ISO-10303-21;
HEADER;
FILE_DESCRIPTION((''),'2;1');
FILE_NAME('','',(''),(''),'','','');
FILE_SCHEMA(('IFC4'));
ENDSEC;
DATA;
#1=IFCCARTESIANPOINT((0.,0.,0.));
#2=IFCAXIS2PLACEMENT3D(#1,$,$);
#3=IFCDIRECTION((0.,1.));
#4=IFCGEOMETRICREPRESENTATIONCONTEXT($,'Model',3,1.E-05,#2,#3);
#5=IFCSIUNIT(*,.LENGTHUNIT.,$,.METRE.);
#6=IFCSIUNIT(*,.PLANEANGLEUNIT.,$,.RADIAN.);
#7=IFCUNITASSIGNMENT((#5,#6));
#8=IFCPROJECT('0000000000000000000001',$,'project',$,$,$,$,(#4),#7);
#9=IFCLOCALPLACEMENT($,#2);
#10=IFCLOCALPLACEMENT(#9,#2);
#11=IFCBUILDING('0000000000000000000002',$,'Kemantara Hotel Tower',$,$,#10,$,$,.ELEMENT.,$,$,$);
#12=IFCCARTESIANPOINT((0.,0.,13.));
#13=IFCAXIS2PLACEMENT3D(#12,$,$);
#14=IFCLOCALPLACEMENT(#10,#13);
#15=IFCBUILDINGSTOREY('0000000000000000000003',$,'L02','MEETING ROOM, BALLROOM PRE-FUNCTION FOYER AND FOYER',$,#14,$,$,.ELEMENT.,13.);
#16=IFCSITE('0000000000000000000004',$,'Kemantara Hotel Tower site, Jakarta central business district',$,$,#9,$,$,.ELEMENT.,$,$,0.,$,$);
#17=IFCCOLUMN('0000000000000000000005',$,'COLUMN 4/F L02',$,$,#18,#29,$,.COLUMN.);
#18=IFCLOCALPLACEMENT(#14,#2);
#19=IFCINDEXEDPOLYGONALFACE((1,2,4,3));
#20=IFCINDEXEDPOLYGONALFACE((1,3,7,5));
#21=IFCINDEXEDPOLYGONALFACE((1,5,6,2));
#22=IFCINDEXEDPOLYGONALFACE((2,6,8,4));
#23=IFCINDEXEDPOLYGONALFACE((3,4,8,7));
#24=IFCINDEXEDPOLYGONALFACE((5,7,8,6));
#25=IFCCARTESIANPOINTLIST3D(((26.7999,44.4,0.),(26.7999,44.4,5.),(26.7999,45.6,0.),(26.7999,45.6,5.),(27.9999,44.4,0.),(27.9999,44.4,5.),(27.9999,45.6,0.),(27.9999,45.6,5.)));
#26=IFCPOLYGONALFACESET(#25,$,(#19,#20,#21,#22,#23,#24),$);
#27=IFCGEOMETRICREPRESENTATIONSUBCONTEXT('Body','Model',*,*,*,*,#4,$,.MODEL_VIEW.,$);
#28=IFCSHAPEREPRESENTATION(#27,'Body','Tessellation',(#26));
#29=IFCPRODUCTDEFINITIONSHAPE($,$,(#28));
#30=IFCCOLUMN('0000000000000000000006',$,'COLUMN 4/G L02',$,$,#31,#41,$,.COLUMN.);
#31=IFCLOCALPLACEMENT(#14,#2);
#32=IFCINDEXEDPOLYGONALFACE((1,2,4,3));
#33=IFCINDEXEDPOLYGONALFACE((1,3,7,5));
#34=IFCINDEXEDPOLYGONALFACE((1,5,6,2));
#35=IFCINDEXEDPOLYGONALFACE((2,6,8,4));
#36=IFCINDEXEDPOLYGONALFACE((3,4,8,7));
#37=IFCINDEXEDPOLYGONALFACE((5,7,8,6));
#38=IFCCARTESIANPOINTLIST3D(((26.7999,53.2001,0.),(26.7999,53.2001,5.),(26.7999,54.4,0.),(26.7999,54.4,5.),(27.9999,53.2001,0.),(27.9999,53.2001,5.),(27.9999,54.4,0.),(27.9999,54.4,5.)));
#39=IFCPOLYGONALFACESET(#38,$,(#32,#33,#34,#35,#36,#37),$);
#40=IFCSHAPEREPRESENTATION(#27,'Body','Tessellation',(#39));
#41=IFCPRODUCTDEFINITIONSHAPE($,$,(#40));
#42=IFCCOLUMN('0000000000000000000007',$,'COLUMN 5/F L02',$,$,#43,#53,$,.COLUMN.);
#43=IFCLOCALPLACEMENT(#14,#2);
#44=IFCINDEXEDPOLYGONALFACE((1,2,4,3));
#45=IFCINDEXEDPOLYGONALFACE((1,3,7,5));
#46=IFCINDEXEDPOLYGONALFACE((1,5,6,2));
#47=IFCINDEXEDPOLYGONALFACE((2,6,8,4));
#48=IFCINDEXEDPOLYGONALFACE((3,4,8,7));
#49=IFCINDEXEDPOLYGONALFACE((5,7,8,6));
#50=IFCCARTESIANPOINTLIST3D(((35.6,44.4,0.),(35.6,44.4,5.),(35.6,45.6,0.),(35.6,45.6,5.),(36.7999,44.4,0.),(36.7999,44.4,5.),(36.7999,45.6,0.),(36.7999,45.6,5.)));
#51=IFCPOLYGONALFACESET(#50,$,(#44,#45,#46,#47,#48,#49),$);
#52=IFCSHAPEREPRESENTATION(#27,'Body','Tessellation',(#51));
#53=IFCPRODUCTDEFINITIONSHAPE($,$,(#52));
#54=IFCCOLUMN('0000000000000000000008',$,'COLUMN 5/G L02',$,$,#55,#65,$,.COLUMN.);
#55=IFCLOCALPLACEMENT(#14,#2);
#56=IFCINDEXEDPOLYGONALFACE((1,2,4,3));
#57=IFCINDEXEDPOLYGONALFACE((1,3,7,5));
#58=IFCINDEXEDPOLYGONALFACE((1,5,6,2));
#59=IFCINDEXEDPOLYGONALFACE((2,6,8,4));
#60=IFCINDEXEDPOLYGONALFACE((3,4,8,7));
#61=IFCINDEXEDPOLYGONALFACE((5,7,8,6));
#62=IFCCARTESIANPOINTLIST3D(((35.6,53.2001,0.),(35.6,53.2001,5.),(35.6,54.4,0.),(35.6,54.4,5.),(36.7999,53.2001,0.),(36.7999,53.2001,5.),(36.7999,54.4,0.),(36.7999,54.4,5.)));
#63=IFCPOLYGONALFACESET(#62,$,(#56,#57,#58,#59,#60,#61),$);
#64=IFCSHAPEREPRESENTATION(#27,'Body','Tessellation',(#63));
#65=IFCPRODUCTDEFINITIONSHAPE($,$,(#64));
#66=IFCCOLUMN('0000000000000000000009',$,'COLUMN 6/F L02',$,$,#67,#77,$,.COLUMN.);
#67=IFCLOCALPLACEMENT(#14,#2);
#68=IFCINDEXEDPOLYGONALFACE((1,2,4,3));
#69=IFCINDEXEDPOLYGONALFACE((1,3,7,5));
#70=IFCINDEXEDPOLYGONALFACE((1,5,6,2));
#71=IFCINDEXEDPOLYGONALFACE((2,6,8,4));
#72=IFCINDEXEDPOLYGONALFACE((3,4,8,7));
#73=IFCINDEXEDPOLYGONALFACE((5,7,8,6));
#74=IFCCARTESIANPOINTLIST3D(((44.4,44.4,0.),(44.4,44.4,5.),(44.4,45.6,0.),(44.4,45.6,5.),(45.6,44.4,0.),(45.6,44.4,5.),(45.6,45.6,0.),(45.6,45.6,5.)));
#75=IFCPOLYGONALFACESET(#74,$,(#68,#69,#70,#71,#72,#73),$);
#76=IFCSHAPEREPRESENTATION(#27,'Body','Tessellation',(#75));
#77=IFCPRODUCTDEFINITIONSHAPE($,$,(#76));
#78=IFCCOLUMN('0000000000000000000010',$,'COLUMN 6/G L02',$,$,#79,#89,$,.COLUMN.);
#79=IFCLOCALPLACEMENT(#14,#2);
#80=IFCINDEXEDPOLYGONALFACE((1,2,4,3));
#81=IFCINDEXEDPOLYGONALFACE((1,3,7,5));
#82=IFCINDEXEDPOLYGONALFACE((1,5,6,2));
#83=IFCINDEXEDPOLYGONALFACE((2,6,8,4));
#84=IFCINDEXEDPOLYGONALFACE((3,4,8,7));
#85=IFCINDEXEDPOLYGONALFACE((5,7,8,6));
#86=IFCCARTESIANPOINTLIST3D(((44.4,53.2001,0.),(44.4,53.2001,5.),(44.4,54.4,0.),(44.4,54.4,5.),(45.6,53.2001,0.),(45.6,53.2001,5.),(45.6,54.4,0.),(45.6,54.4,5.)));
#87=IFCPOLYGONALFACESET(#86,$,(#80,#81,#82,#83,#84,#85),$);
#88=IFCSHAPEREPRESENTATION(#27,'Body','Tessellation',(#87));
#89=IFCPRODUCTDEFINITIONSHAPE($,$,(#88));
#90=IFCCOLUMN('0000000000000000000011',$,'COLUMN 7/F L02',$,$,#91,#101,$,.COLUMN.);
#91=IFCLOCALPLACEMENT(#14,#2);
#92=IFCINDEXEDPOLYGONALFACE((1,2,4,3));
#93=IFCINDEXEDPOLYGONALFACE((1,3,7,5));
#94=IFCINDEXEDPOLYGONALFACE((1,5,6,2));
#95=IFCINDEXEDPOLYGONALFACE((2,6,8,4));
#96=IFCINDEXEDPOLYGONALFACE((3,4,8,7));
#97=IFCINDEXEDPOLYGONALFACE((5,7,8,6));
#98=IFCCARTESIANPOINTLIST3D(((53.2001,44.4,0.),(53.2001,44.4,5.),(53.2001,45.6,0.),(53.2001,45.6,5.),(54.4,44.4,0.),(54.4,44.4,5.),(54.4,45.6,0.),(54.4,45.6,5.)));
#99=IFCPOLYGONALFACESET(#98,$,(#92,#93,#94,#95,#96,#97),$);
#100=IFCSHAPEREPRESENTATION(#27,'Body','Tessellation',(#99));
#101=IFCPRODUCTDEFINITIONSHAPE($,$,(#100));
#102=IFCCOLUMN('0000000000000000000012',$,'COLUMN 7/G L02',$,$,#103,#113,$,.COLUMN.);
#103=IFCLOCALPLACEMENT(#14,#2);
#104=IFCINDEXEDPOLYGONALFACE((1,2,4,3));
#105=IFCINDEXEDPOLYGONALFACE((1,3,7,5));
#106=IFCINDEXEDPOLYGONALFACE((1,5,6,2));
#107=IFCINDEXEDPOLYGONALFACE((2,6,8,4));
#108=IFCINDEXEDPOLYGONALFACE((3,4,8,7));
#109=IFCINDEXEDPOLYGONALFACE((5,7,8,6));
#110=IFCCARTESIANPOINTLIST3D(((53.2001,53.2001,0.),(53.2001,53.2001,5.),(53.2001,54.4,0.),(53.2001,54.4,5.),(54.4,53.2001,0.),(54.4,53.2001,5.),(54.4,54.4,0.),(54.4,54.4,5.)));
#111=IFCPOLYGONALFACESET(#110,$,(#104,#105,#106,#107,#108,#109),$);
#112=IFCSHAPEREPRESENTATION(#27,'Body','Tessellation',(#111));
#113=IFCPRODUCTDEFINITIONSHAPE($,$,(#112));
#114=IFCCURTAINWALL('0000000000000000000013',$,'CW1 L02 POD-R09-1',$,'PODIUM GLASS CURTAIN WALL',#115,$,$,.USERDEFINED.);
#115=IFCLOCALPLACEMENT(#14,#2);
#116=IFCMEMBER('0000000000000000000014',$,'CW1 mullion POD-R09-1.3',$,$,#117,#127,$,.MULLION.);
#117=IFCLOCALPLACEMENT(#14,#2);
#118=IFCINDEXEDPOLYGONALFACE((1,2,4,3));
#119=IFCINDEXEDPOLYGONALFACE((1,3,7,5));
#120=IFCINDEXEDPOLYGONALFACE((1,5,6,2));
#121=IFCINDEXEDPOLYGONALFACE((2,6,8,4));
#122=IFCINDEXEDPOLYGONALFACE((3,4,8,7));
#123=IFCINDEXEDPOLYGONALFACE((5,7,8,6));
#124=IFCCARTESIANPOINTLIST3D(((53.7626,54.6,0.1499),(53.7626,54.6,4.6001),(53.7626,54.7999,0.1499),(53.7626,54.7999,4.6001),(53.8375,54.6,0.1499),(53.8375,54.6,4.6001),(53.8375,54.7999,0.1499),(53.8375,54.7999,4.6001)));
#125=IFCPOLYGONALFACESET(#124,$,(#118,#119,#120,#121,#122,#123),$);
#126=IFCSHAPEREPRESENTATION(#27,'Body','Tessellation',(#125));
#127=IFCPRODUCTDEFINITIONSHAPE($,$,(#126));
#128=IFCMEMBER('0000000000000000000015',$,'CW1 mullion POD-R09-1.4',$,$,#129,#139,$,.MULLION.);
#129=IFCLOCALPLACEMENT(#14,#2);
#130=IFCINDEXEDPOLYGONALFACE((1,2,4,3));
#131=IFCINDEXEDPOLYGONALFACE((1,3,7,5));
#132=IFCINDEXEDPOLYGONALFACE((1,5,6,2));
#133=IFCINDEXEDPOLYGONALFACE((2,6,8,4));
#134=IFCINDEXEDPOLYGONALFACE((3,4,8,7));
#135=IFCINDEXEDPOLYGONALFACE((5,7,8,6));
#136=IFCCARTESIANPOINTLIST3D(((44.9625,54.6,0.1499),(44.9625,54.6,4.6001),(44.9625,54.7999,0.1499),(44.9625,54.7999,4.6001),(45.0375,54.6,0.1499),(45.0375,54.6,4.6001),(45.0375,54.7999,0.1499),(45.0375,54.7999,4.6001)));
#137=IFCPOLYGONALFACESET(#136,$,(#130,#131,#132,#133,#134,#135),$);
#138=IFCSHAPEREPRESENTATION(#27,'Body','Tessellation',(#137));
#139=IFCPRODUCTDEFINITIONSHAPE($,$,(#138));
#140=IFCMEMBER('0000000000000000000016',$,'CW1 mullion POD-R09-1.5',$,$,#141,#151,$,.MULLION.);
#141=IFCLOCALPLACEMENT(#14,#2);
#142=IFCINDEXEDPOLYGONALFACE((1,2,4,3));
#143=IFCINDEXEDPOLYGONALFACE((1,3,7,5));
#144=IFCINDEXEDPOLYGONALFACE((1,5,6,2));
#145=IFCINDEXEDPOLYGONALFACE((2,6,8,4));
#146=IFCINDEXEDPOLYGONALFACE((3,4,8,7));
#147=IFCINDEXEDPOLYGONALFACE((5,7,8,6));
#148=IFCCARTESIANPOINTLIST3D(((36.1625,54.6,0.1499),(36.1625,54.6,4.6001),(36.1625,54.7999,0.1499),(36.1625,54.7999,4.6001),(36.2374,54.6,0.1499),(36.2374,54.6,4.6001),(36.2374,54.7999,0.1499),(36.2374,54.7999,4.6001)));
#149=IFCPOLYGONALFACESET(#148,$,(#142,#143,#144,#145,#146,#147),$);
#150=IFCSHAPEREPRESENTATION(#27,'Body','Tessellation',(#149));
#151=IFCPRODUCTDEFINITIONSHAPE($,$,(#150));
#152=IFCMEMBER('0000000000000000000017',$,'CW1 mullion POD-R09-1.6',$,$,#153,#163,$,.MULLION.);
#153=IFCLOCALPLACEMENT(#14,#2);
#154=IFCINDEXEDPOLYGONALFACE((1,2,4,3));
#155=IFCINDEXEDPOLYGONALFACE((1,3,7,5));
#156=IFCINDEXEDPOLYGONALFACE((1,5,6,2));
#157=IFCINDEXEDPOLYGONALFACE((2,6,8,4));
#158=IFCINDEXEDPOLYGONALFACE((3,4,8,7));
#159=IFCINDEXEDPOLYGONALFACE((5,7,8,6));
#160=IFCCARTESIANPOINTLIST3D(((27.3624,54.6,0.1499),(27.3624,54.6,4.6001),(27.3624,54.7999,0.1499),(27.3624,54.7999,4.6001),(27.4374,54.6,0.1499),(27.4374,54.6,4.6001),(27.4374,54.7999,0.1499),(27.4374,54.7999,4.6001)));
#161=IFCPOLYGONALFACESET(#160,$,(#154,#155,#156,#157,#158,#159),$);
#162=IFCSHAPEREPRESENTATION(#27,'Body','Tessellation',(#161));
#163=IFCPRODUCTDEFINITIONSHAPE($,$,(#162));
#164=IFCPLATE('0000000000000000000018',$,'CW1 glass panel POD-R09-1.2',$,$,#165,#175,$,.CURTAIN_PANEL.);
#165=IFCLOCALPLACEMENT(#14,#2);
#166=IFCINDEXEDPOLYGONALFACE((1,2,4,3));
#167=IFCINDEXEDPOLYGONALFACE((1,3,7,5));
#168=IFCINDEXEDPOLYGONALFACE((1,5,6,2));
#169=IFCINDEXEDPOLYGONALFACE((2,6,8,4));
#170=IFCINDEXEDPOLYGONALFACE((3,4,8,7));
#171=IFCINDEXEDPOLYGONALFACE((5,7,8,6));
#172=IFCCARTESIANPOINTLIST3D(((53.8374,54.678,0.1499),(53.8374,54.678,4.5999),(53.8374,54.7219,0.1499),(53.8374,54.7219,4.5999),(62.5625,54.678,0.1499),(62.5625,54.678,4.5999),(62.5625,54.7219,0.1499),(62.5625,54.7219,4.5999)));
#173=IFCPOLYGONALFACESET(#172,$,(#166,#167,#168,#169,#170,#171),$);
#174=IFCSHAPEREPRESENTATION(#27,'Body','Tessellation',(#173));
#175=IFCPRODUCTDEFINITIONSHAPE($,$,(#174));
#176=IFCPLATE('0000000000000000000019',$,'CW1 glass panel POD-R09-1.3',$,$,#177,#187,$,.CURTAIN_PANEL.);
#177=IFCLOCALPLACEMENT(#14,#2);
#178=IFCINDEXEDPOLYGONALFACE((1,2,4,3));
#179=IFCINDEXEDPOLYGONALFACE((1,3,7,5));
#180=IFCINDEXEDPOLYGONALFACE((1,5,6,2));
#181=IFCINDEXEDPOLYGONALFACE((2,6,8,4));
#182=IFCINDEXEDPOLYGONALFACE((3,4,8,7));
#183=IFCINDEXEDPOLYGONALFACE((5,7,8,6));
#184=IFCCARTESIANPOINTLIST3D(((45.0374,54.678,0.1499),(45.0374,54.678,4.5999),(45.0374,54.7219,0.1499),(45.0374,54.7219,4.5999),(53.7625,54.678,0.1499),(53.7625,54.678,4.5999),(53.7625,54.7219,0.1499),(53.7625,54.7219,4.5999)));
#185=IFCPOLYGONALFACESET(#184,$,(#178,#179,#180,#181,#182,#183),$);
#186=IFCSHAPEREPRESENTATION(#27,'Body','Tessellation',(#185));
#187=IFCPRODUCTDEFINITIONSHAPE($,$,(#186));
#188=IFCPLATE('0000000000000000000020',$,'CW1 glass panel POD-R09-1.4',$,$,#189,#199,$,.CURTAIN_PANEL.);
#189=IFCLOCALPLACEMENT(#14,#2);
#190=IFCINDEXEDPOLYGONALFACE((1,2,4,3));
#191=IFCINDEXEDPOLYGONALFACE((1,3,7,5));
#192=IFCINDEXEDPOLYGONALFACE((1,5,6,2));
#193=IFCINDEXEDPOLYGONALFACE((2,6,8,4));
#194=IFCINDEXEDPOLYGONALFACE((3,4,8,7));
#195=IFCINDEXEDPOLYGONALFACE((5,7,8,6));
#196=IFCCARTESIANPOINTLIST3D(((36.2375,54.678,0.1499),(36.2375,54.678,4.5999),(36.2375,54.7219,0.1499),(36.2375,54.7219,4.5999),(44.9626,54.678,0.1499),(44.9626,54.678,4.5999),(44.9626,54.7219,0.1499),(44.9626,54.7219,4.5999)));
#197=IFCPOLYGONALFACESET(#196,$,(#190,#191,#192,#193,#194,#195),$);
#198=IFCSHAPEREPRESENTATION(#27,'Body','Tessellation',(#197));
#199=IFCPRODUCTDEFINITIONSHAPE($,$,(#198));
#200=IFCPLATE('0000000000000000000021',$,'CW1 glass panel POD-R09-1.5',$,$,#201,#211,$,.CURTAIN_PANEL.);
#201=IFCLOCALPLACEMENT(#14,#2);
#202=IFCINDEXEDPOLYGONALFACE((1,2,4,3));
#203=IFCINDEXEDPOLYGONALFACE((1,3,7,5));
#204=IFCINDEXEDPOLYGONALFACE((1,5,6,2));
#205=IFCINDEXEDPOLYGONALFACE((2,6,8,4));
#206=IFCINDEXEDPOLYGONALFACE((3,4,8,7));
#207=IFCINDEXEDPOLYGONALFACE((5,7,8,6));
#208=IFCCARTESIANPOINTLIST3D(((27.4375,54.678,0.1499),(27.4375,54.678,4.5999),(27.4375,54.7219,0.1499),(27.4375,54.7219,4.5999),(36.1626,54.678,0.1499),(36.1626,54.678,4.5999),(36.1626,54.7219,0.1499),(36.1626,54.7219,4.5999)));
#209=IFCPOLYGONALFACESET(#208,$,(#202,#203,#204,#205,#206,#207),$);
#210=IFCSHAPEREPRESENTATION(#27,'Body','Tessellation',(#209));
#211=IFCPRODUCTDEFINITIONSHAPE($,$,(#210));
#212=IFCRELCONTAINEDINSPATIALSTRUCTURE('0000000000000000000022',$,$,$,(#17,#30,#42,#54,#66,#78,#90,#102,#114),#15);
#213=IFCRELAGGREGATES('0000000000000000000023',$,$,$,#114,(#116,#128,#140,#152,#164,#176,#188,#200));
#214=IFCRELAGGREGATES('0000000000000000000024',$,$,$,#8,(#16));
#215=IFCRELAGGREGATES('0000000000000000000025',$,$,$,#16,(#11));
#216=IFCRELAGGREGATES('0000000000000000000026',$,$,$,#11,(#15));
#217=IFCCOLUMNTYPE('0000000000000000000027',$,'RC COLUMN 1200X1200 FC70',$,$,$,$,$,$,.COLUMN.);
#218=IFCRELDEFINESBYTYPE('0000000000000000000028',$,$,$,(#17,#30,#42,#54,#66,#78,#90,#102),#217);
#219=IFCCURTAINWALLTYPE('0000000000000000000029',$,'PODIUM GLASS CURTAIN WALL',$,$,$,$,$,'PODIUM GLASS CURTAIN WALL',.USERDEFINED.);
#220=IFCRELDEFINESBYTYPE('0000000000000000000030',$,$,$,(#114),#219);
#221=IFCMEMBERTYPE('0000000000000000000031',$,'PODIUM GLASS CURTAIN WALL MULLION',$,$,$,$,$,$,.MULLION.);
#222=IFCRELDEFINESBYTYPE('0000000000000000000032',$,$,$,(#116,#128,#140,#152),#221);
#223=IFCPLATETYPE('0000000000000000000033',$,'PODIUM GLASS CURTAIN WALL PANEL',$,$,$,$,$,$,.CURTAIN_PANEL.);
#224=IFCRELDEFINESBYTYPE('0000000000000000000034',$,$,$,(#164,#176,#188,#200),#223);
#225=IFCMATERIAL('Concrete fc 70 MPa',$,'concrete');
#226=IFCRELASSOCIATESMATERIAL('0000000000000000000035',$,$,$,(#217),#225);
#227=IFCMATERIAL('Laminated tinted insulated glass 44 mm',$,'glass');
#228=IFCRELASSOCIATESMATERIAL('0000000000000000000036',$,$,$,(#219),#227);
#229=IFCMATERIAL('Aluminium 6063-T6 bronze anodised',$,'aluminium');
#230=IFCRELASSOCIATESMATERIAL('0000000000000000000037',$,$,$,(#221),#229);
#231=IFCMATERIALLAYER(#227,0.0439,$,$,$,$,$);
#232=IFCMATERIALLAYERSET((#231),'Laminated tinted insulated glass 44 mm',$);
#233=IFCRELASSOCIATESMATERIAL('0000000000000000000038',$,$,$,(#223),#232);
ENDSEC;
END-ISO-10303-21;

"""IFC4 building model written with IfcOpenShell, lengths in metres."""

from ifc_helpers import new_model, si_unit, direction, frame, origin, origin_2d, place, context, subcontext, project, spatial, rectangle, extrude, source, transform, mapped, material, layer, layer_set, material_profile, profile_set, type_object, element, aggregate, save


model = new_model("IFC4")

# Units and contexts
model_context = context("Model", 3, precision=1e-05, world=origin(), true_north=direction((0.0, 1.0)))
body_context = subcontext(model_context, "Body", "Model", "MODEL_VIEW")
ifc_project = project(units=[si_unit("LENGTHUNIT", "METRE"), si_unit("PLANEANGLEUNIT", "RADIAN")], contexts=[model_context])

# Site, building, storey
site_placement = place(None, origin())
site = spatial("IfcSite", under=ifc_project, at=site_placement, Name="Kemantara Hotel Tower site, Jakarta central business district", CompositionType="ELEMENT", RefElevation=0.0)
building_placement = place(site_placement, origin())
building = spatial("IfcBuilding", under=site, at=building_placement, Name="Kemantara Hotel Tower", CompositionType="ELEMENT")
storey_placement = place(building_placement, frame((0.0, 0.0, 13.0)))
storey = spatial("IfcBuildingStorey", under=building, at=storey_placement, Name="L02", Description="MEETING ROOM, BALLROOM PRE-FUNCTION FOYER AND FOYER", CompositionType="ELEMENT", Elevation=13.0)

# Columns
ifc_material_1 = material(Name="Concrete fc 70 MPa", Category="concrete")
ifc_material_profile_1 = material_profile(ifc_material_1, rectangle(XDim=1.2, YDim=1.2, at=origin_2d()), Name="RC 1200X1200")
ifc_profile_set_1 = profile_set([ifc_material_profile_1], Name="Concrete fc 70 MPa")
column_type = type_object("IfcColumnType", Name="RC COLUMN 1200X1200 FC70", PredefinedType="COLUMN", material=ifc_profile_set_1)
for number, where, z_axis, x_axis, name in (
    (1, (27.3999, 45.0, 0.0), (0.0, 0.0, 1.0), (1.0, 0.0, 0.0), "COLUMN 4/F L02"),
    (2, (27.3999, 53.8, 0.0), (0.0, 0.0, 1.0), (1.0, 0.0, 0.0), "COLUMN 4/G L02"),
    (3, (36.2, 45.0, 0.0), (0.0, 0.0, 1.0), (1.0, 0.0, 0.0), "COLUMN 5/F L02"),
    (4, (36.2, 53.8, 0.0), (0.0, 0.0, 1.0), (1.0, 0.0, 0.0), "COLUMN 5/G L02"),
    (5, (45.0, 45.0, 0.0), (0.0, 0.0, 1.0), (1.0, 0.0, 0.0), "COLUMN 6/F L02"),
    (6, (45.0, 53.8, 0.0), (0.0, 0.0, 1.0), (1.0, 0.0, 0.0), "COLUMN 6/G L02"),
    (7, (53.8, 45.0, 0.0), (0.0, 0.0, 1.0), (1.0, 0.0, 0.0), "COLUMN 7/F L02"),
    (8, (53.8, 53.8, 0.0), (0.0, 0.0, 1.0), (1.0, 0.0, 0.0), "COLUMN 7/G L02"),
):
    element("IfcColumn", number, at=place(storey_placement, frame(where, z_axis=z_axis, x_axis=x_axis)), inside=storey, type_object=column_type, Name=name, PredefinedType="COLUMN", context=body_context, shape_type="SweptSolid", body=[
        extrude(rectangle(XDim=1.2, YDim=1.2, at=origin_2d()), origin(), (0.0, 0.0, 1.0), 5.0),
    ])

# Curtain wall, members, plates
ifc_material_2 = material(Name="Laminated tinted insulated glass 44 mm", Category="glass")
curtain_wall_type = type_object("IfcCurtainWallType", Name="PODIUM GLASS CURTAIN WALL", ElementType="PODIUM GLASS CURTAIN WALL", PredefinedType="USERDEFINED", material=ifc_material_2)
curtain_wall_placement = place(storey_placement, origin())
curtain_wall = element("IfcCurtainWall", 9, at=curtain_wall_placement, inside=storey, type_object=curtain_wall_type, Name="CW1 L02 POD-R09-1", ObjectType="PODIUM GLASS CURTAIN WALL", PredefinedType="USERDEFINED")
ifc_material_3 = material(Name="Aluminium 6063-T6 bronze anodised", Category="aluminium")
ifc_material_profile_2 = material_profile(ifc_material_3, rectangle(XDim=0.2, YDim=0.075, at=origin_2d()), Name="PODIUM GLASS CURTAIN WALL MULLION")
ifc_profile_set_2 = profile_set([ifc_material_profile_2], Name="Aluminium 6063-T6 bronze anodised")
member_type = type_object("IfcMemberType", Name="PODIUM GLASS CURTAIN WALL MULLION", PredefinedType="MULLION", material=ifc_profile_set_2)
shared_shape_1 = source(origin(), body_context, "Body", "SweptSolid", [
    extrude(rectangle(XDim=0.2, YDim=0.075, at=origin_2d()), origin(), (0.0, 0.0, 1.0), 4.4502),
])
member_1_placement = place(storey_placement, frame((53.8, 54.7, 0.1499), z_axis=(0.0, 0.0, 1.0), x_axis=(0.0, -1.0, 0.0)))
member_1 = element("IfcMember", 10, at=member_1_placement, type_object=member_type, Name="CW1 mullion POD-R09-1.3", PredefinedType="MULLION", context=body_context, shape_type="MappedRepresentation", body=[
    mapped(shared_shape_1, transform((0.0, 0.0, 0.0))),
])
member_2_placement = place(storey_placement, frame((45.0, 54.7, 0.1499), z_axis=(0.0, 0.0, 1.0), x_axis=(0.0, -1.0, 0.0)))
member_2 = element("IfcMember", 11, at=member_2_placement, type_object=member_type, Name="CW1 mullion POD-R09-1.4", PredefinedType="MULLION", context=body_context, shape_type="MappedRepresentation", body=[
    mapped(shared_shape_1, transform((0.0, 0.0, 0.0))),
])
member_3_placement = place(storey_placement, frame((36.2, 54.7, 0.1499), z_axis=(0.0, 0.0, 1.0), x_axis=(0.0, -1.0, 0.0)))
member_3 = element("IfcMember", 12, at=member_3_placement, type_object=member_type, Name="CW1 mullion POD-R09-1.5", PredefinedType="MULLION", context=body_context, shape_type="MappedRepresentation", body=[
    mapped(shared_shape_1, transform((0.0, 0.0, 0.0))),
])
member_4_placement = place(storey_placement, frame((27.3999, 54.7, 0.1499), z_axis=(0.0, 0.0, 1.0), x_axis=(0.0, -1.0, 0.0)))
member_4 = element("IfcMember", 13, at=member_4_placement, type_object=member_type, Name="CW1 mullion POD-R09-1.6", PredefinedType="MULLION", context=body_context, shape_type="MappedRepresentation", body=[
    mapped(shared_shape_1, transform((0.0, 0.0, 0.0))),
])
ifc_layer_1 = layer(ifc_material_2, 0.0439)
ifc_layer_set_1 = layer_set([ifc_layer_1], Name="Laminated tinted insulated glass 44 mm")
plate_type = type_object("IfcPlateType", Name="PODIUM GLASS CURTAIN WALL PANEL", PredefinedType="CURTAIN_PANEL", material=ifc_layer_set_1)
shared_shape_2 = source(origin(), body_context, "Body", "SweptSolid", [
    extrude(rectangle(XDim=8.7251, YDim=0.0439, at=origin_2d()), origin(), (0.0, 0.0, 1.0), 4.45),
])
plate_1_placement = place(storey_placement, frame((58.2, 54.7, 0.1499), z_axis=(0.0, 0.0, 1.0), x_axis=(-1.0, 0.0, 0.0)))
plate_1 = element("IfcPlate", 14, at=plate_1_placement, type_object=plate_type, Name="CW1 glass panel POD-R09-1.2", PredefinedType="CURTAIN_PANEL", context=body_context, shape_type="MappedRepresentation", body=[
    mapped(shared_shape_2, transform((0.0, 0.0, 0.0))),
])
plate_2_placement = place(storey_placement, frame((49.3999, 54.7, 0.1499), z_axis=(0.0, 0.0, 1.0), x_axis=(-1.0, 0.0, 0.0)))
plate_2 = element("IfcPlate", 15, at=plate_2_placement, type_object=plate_type, Name="CW1 glass panel POD-R09-1.3", PredefinedType="CURTAIN_PANEL", context=body_context, shape_type="MappedRepresentation", body=[
    mapped(shared_shape_2, transform((0.0, 0.0, 0.0))),
])
plate_3_placement = place(storey_placement, frame((40.6001, 54.7, 0.1499), z_axis=(0.0, 0.0, 1.0), x_axis=(-1.0, 0.0, 0.0)))
plate_3 = element("IfcPlate", 16, at=plate_3_placement, type_object=plate_type, Name="CW1 glass panel POD-R09-1.4", PredefinedType="CURTAIN_PANEL", context=body_context, shape_type="MappedRepresentation", body=[
    mapped(shared_shape_2, transform((0.0, 0.0, 0.0))),
])
plate_4_placement = place(storey_placement, frame((31.8, 54.7, 0.1499), z_axis=(0.0, 0.0, 1.0), x_axis=(-1.0, 0.0, 0.0)))
plate_4 = element("IfcPlate", 17, at=plate_4_placement, type_object=plate_type, Name="CW1 glass panel POD-R09-1.5", PredefinedType="CURTAIN_PANEL", context=body_context, shape_type="MappedRepresentation", body=[
    mapped(shared_shape_2, transform((0.0, 0.0, 0.0))),
])
aggregate(curtain_wall, [member_1, member_2, member_3, member_4, plate_1, plate_2, plate_3, plate_4])

save(model, "model.ifc")
